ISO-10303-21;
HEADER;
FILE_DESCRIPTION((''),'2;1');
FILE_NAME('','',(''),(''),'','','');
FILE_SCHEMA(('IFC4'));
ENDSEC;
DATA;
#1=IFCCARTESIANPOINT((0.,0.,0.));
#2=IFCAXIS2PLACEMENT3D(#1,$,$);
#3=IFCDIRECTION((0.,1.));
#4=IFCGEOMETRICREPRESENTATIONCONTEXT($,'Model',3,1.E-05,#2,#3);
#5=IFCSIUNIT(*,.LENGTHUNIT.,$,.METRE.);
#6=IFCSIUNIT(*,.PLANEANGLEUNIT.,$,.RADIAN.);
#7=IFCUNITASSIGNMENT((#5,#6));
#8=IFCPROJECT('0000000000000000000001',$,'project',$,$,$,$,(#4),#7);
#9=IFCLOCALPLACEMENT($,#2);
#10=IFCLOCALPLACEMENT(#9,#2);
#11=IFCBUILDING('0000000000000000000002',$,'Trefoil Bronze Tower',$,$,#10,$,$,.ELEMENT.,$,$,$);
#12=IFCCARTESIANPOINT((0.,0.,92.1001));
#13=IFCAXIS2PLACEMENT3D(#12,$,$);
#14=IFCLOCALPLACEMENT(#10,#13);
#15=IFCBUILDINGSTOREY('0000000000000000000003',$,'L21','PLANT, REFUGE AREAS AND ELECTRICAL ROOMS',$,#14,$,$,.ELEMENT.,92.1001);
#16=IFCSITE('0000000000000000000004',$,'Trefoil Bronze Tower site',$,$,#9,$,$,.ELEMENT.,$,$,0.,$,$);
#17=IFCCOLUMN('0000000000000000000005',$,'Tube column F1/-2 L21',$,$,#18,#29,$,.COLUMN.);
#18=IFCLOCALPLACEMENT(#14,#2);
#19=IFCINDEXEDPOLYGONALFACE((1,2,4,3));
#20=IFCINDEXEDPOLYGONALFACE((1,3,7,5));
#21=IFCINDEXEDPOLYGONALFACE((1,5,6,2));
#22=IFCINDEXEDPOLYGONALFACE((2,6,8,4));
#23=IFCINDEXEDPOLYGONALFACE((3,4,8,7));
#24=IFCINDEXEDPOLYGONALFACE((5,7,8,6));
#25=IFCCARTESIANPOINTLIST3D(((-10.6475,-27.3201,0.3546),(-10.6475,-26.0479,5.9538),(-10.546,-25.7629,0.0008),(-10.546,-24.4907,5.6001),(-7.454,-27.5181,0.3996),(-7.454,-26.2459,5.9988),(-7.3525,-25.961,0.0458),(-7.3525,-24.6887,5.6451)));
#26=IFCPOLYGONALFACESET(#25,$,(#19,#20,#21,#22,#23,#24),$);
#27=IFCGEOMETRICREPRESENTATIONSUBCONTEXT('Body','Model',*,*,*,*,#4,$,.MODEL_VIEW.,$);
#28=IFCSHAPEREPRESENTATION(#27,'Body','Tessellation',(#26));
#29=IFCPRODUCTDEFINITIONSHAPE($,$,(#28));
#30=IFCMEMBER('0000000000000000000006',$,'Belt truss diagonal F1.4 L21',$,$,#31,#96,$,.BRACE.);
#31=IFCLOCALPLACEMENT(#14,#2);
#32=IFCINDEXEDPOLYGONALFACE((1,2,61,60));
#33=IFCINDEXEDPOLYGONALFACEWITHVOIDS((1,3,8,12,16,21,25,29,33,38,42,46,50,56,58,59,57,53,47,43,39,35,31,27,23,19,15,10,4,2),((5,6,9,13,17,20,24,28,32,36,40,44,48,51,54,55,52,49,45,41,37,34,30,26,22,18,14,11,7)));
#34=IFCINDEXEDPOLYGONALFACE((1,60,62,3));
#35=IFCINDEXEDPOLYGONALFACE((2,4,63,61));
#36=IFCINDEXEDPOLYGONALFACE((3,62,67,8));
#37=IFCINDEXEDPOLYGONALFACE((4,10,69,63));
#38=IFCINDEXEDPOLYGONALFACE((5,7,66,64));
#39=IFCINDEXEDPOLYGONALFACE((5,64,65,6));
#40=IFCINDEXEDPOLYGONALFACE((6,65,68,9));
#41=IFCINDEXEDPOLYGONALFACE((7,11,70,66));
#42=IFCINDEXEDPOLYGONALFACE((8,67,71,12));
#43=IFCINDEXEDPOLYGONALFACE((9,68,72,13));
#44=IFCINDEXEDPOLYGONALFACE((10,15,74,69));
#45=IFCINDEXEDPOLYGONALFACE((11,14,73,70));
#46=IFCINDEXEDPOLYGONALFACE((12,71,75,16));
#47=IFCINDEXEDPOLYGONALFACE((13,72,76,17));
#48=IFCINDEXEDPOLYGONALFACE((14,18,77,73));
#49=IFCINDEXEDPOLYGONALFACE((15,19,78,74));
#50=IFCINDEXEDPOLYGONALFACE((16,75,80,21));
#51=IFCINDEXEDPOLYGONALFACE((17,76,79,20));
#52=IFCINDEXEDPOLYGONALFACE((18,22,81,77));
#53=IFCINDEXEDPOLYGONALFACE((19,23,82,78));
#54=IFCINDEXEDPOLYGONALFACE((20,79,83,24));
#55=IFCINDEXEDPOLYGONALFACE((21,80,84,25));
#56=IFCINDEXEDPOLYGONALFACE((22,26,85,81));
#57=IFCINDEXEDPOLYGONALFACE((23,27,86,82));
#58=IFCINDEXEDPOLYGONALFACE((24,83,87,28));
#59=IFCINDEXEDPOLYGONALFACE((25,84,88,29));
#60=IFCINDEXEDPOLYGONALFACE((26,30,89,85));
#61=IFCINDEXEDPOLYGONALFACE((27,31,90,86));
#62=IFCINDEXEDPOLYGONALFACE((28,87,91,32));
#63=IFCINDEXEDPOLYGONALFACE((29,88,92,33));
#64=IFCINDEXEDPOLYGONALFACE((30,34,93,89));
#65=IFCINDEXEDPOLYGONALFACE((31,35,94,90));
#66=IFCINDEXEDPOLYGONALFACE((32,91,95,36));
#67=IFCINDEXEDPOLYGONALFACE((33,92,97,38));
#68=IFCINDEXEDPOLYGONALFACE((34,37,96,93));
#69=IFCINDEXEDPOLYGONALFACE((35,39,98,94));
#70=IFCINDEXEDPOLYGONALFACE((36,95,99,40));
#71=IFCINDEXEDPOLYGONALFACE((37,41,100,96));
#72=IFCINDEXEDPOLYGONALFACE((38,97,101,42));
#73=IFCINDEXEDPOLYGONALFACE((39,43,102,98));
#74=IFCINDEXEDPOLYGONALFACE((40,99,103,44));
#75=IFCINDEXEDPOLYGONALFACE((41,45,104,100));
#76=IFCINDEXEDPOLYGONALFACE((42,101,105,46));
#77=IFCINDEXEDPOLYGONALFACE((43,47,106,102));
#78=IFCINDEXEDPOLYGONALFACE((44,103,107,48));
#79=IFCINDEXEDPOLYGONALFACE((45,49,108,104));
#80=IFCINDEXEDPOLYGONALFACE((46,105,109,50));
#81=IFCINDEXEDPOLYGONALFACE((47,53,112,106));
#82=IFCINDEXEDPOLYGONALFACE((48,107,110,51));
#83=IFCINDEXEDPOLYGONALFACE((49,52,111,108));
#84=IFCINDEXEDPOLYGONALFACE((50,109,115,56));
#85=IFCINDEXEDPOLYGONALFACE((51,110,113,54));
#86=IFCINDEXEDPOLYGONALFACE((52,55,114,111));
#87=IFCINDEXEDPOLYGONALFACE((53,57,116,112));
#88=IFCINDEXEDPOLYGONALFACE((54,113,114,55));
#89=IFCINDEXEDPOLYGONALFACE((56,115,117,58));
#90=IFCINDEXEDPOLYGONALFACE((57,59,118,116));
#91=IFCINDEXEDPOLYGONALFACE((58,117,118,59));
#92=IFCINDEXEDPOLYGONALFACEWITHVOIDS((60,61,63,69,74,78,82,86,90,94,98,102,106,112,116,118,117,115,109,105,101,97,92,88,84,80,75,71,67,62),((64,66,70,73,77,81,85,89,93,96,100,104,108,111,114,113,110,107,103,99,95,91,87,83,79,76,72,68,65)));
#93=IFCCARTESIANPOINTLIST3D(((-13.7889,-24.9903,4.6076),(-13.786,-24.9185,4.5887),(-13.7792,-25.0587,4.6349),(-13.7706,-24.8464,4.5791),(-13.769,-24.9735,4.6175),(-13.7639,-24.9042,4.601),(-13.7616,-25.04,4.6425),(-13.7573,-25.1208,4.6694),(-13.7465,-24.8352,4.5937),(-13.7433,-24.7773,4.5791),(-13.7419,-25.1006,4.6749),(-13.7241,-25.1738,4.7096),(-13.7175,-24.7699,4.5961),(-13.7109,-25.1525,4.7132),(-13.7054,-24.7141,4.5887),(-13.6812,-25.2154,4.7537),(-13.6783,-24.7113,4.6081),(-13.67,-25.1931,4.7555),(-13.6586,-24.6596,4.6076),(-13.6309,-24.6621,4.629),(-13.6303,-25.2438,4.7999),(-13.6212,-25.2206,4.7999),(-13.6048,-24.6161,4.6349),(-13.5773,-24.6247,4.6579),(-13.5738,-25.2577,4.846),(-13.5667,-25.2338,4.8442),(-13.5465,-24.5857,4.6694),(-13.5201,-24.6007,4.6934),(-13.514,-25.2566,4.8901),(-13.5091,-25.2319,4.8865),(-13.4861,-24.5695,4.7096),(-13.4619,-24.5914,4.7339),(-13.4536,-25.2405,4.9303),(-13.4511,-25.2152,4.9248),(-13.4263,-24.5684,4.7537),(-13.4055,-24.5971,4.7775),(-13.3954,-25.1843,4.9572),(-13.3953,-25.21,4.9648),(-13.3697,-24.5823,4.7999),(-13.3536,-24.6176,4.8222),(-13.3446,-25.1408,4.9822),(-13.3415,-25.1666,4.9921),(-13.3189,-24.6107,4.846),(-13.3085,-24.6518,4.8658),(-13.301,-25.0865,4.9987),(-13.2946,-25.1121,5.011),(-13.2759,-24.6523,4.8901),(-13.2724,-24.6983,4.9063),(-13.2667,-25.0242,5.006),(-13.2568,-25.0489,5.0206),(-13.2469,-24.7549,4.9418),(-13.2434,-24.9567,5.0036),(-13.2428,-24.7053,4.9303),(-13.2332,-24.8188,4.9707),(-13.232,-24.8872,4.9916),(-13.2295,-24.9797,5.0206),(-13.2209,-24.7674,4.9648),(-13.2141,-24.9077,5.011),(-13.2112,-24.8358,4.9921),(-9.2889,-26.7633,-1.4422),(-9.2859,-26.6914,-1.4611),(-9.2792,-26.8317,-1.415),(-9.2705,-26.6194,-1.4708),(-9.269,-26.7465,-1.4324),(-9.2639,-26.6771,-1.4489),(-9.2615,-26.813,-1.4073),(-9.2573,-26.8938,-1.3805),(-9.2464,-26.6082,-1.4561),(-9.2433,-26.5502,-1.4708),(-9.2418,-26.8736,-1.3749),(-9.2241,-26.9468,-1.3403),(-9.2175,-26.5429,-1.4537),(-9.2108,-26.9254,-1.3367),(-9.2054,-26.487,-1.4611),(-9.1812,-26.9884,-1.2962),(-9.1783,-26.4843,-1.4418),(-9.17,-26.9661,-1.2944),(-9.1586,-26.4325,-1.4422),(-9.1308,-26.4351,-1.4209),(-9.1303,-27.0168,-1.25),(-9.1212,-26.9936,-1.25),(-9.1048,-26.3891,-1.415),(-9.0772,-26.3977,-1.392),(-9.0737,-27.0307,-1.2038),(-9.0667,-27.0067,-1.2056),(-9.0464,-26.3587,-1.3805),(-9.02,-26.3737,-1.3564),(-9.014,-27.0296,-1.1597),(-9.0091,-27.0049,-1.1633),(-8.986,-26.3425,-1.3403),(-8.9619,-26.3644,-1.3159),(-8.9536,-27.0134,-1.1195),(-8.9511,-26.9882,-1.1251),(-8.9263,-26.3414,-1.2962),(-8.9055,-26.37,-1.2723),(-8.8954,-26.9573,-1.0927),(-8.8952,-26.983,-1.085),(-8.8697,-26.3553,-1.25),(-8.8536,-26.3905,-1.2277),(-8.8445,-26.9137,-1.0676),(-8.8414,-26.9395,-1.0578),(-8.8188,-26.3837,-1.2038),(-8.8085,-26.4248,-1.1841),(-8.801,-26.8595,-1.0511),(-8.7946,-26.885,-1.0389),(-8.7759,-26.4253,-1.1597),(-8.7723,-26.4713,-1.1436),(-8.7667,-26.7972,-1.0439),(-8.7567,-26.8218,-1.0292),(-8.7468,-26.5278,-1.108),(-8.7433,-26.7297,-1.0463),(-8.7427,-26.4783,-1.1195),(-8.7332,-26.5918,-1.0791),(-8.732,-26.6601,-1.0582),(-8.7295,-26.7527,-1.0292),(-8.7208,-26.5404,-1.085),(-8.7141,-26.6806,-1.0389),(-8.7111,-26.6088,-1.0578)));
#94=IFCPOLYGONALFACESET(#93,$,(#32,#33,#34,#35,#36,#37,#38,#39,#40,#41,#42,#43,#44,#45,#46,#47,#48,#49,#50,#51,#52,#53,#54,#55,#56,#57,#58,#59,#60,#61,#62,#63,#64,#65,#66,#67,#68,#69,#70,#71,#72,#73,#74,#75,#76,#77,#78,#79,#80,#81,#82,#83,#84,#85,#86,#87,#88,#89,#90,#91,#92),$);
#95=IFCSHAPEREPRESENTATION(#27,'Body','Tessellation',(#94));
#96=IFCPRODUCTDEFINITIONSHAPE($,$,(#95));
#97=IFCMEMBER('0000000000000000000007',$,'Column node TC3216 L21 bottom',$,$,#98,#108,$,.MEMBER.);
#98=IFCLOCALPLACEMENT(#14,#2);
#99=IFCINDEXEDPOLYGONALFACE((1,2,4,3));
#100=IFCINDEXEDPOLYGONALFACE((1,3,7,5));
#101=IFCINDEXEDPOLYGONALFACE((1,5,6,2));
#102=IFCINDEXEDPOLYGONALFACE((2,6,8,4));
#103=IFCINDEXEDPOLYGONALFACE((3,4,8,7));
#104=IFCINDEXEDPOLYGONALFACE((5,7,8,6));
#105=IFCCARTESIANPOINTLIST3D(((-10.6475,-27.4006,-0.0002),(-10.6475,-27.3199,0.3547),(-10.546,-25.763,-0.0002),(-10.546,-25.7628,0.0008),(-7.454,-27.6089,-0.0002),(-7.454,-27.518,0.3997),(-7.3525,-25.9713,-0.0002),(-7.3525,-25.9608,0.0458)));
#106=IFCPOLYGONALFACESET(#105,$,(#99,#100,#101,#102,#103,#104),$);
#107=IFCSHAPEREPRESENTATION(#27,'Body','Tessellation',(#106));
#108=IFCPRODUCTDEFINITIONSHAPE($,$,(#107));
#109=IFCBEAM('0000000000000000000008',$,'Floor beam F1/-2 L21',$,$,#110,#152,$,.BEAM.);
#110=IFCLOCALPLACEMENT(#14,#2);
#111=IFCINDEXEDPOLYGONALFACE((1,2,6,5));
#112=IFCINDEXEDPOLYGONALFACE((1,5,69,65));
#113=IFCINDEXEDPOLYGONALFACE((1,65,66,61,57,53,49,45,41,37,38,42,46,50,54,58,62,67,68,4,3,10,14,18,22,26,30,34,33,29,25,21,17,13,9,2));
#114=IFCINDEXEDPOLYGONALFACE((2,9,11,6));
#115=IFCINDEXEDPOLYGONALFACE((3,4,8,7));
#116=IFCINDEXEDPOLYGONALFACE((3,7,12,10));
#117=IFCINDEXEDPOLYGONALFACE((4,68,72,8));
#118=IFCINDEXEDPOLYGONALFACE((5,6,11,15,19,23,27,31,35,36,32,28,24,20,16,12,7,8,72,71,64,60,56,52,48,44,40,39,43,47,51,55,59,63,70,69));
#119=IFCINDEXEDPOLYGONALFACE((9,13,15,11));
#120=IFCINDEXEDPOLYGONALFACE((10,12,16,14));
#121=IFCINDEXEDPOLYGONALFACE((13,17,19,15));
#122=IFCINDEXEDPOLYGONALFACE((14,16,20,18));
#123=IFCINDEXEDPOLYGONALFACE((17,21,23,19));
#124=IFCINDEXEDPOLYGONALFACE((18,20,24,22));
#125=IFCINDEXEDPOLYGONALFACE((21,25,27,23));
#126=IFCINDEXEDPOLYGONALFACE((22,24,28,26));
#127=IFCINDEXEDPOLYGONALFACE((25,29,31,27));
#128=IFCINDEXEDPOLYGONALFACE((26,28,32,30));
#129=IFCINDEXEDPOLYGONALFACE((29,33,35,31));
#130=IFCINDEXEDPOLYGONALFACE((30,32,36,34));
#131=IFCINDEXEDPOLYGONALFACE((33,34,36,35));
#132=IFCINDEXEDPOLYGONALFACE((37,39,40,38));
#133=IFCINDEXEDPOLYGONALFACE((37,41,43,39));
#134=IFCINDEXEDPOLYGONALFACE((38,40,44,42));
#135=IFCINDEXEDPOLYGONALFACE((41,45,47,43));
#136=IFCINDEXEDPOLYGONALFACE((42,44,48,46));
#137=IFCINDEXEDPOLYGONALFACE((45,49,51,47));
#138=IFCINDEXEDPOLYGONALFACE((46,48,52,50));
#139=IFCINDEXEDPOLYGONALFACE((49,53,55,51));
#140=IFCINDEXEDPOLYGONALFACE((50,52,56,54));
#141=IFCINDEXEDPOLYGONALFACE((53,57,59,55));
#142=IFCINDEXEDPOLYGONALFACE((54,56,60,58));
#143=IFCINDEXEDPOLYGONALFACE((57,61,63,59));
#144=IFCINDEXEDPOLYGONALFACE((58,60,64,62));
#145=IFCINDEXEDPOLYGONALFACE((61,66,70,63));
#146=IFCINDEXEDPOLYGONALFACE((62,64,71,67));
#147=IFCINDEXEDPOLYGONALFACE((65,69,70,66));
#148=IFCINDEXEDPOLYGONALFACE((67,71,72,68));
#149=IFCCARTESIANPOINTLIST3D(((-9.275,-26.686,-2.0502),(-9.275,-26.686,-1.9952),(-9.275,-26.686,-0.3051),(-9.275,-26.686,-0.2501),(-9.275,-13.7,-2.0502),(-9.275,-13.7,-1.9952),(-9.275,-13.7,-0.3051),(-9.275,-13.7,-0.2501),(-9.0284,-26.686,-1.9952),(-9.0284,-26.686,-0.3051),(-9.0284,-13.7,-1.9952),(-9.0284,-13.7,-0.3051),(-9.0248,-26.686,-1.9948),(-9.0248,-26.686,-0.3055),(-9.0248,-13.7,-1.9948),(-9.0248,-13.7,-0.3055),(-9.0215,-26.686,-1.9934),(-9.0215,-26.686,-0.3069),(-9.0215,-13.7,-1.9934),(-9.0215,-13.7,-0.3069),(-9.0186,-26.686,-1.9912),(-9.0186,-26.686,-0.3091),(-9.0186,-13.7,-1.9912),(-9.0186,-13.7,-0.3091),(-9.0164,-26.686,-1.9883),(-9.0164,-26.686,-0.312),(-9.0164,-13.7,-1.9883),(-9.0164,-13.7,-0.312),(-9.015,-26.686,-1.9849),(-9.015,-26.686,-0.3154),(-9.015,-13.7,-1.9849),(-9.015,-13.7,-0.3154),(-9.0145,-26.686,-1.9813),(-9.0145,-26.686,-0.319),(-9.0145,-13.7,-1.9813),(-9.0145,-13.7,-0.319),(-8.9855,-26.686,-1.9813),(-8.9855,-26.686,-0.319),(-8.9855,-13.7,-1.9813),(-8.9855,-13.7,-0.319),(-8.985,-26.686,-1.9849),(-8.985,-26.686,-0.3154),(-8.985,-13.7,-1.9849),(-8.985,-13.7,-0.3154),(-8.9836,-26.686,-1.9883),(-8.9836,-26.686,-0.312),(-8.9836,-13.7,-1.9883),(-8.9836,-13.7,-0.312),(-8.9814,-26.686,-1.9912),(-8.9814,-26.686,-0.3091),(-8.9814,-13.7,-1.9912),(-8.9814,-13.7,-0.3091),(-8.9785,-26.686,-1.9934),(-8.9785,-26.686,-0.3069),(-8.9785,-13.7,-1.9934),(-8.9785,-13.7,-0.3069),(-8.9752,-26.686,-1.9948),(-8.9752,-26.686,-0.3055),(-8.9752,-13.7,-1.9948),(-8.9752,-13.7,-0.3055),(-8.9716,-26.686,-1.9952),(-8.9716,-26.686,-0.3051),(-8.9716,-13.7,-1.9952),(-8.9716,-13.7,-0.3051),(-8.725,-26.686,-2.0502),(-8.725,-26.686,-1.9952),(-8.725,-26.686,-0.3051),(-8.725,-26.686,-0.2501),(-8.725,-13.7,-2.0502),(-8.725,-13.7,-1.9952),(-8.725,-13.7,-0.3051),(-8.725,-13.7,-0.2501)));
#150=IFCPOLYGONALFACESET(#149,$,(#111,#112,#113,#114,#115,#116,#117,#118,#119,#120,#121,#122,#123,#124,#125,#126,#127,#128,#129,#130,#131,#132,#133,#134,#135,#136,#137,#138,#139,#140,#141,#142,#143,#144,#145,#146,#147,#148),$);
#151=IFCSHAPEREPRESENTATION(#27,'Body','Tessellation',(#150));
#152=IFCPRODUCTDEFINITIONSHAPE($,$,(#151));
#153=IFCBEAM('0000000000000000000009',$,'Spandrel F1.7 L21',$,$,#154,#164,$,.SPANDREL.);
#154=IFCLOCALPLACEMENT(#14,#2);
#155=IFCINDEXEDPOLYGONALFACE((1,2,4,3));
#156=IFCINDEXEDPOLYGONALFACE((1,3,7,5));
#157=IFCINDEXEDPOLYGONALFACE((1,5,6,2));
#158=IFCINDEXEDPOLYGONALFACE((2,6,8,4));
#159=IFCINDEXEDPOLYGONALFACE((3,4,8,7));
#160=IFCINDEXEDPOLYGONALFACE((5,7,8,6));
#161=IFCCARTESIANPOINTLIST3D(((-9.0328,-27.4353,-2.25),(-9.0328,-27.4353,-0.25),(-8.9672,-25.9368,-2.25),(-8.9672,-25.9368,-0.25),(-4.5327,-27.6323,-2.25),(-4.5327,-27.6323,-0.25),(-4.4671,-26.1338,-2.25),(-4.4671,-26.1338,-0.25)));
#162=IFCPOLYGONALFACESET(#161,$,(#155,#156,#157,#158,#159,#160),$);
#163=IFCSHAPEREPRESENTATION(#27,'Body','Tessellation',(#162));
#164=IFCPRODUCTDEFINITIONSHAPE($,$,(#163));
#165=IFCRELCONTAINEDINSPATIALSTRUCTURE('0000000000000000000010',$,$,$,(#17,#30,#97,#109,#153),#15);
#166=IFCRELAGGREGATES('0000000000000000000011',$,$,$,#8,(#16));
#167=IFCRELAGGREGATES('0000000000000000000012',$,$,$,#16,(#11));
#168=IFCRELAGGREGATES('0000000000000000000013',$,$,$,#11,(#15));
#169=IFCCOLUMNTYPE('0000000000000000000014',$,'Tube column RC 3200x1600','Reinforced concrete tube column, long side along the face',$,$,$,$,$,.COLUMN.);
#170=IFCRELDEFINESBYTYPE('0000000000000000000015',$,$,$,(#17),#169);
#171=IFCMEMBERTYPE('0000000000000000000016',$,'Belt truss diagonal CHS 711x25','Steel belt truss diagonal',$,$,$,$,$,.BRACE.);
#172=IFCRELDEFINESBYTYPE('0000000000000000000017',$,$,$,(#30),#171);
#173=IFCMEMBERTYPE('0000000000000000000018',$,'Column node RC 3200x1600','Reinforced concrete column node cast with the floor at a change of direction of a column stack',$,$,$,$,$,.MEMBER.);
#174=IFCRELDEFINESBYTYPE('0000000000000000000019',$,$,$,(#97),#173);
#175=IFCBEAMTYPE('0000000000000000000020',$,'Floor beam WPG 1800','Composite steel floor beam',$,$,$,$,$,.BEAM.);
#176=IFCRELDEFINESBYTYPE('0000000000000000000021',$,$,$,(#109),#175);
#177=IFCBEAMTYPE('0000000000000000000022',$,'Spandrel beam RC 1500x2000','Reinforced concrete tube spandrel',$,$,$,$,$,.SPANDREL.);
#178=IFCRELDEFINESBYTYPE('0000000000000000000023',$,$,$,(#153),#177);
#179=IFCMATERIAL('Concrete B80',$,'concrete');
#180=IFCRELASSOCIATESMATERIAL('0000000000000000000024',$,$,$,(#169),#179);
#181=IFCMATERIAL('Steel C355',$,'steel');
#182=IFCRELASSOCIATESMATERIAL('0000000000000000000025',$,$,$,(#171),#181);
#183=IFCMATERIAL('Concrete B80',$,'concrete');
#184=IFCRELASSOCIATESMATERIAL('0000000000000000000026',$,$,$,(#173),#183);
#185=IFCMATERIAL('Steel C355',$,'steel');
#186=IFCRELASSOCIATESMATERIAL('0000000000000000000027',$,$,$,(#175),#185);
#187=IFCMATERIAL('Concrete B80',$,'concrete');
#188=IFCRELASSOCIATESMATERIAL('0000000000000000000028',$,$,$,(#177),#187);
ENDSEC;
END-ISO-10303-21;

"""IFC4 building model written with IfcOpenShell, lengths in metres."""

from ifc_helpers import new_model, si_unit, direction, frame, origin, origin_2d, place, context, subcontext, project, spatial, rectangle, hollow_circle, i_section, extrude, clip, halfspace, material, material_profile, profile_set, type_object, element, save


model = new_model("IFC4")

# Units and contexts
model_context = context("Model", 3, precision=1e-05, world=origin(), true_north=direction((0.0, 1.0)))
body_context = subcontext(model_context, "Body", "Model", "MODEL_VIEW")
ifc_project = project(units=[si_unit("LENGTHUNIT", "METRE"), si_unit("PLANEANGLEUNIT", "RADIAN")], contexts=[model_context])

# Site, building, storey
site_placement = place(None, origin())
site = spatial("IfcSite", under=ifc_project, at=site_placement, Name="Trefoil Bronze Tower site", CompositionType="ELEMENT", RefElevation=0.0)
building_placement = place(site_placement, origin())
building = spatial("IfcBuilding", under=site, at=building_placement, Name="Trefoil Bronze Tower", CompositionType="ELEMENT")
storey_placement = place(building_placement, frame((0.0, 0.0, 92.1001)))
storey = spatial("IfcBuildingStorey", under=building, at=storey_placement, Name="L21", Description="PLANT, REFUGE AREAS AND ELECTRICAL ROOMS", CompositionType="ELEMENT", Elevation=92.1001)

# Column
ifc_material_1 = material(Name="Concrete B80", Category="concrete")
ifc_material_profile_1 = material_profile(ifc_material_1, rectangle(XDim=3.2, YDim=1.6001, at=origin_2d()), Name="RC 3200x1600")
ifc_profile_set_1 = profile_set([ifc_material_profile_1], Name="Concrete B80")
column_type = type_object("IfcColumnType", Name="Tube column RC 3200x1600", Description="Reinforced concrete tube column, long side along the face", PredefinedType="COLUMN", material=ifc_profile_set_1)
column_placement = place(storey_placement, frame((-9.0, -26.686, 0.0), z_axis=(0.0, 0.221566, 0.975145), x_axis=(0.997984, -0.061883, 0.014061)))
element("IfcColumn", 1, at=column_placement, inside=storey, type_object=column_type, Name="Tube column F1/-2 L21", PredefinedType="COLUMN", context=body_context, shape_type="Clipping", body=[
    clip(clip(extrude(rectangle(XDim=3.2, YDim=1.6001, at=origin_2d()), origin(), (0.0, 0.0, 1.0), 6.1528), halfspace(frame((0.0, 0.0, 0.2053), z_axis=(0.000001, -0.000019, 1.0), x_axis=(0.0, 1.0, 0.000019)), True)), halfspace(frame((0.0, 0.0, 5.9473), z_axis=(-0.000001, 0.000019, -1.0), x_axis=(0.0, -1.0, -0.000019)), True)),
])

# Members
ifc_material_2 = material(Name="Steel C355", Category="steel")
ifc_material_profile_2 = material_profile(ifc_material_2, hollow_circle(Radius=0.3555, WallThickness=0.0249, at=origin_2d()), Name="CHS 711x25")
ifc_profile_set_2 = profile_set([ifc_material_profile_2], Name="Steel C355")
member_type_1 = type_object("IfcMemberType", Name="Belt truss diagonal CHS 711x25", Description="Steel belt truss diagonal", PredefinedType="BRACE", material=ifc_profile_set_2)
member_1_placement = place(storey_placement, frame((-9.0, -26.686, -1.25), z_axis=(-0.580979, 0.228899, 0.781069), x_axis=(-0.366564, -0.930393, 0.0)))
element("IfcMember", 2, at=member_1_placement, inside=storey, type_object=member_type_1, Name="Belt truss diagonal F1.4 L21", PredefinedType="BRACE", context=body_context, shape_type="SweptSolid", body=[
    extrude(hollow_circle(Radius=0.3555, WallThickness=0.0249, at=origin_2d()), origin(), (0.0, 0.0, 1.0), 7.7456),
])
ifc_material_3 = material(Name="Concrete B80", Category="concrete")
ifc_material_profile_3 = material_profile(ifc_material_3, rectangle(XDim=3.2, YDim=1.6001, at=origin_2d()), Name="RC 3200x1600")
ifc_profile_set_3 = profile_set([ifc_material_profile_3], Name="Concrete B80")
member_type_2 = type_object("IfcMemberType", Name="Column node RC 3200x1600", Description="Reinforced concrete column node cast with the floor at a change of direction of a column stack", PredefinedType="MEMBER", material=ifc_profile_set_3)
member_2_placement = place(storey_placement, frame((-9.0, -26.7314, -0.2004), z_axis=(0.0, 0.221647, 0.975127), x_axis=(0.997984, -0.061882, 0.014066)))
element("IfcMember", 3, at=member_2_placement, inside=storey, type_object=member_type_2, Name="Column node TC3216 L21 bottom", PredefinedType="MEMBER", context=body_context, shape_type="Clipping", body=[
    clip(extrude(rectangle(XDim=3.2, YDim=1.6001, at=origin_2d()), origin(), (0.0, 0.0, 1.0), 0.4109), halfspace(frame((0.0, 0.0, 0.2053), z_axis=(0.014066, -0.2212, 0.975127), x_axis=(0.0, 0.975223, 0.221222)), True)),
])

# Beams
ifc_material_4 = material(Name="Steel C355", Category="steel")
ifc_material_profile_4 = material_profile(ifc_material_4, i_section(OverallWidth=0.55, OverallDepth=1.8, WebThickness=0.0291, FlangeThickness=0.0549, FilletRadius=0.0139, at=origin_2d()), Name="WPG 1800")
ifc_profile_set_4 = profile_set([ifc_material_profile_4], Name="Steel C355")
beam_type_1 = type_object("IfcBeamType", Name="Floor beam WPG 1800", Description="Composite steel floor beam", PredefinedType="BEAM", material=ifc_profile_set_4)
beam_1_placement = place(storey_placement, frame((-9.0, -26.686, -1.1501), z_axis=(0.0, 1.0, 0.0), x_axis=(-1.0, 0.0, 0.0)))
element("IfcBeam", 4, at=beam_1_placement, inside=storey, type_object=beam_type_1, Name="Floor beam F1/-2 L21", PredefinedType="BEAM", context=body_context, shape_type="SweptSolid", body=[
    extrude(i_section(OverallWidth=0.55, OverallDepth=1.8, WebThickness=0.0291, FlangeThickness=0.0549, FilletRadius=0.0139, at=origin_2d()), origin(), (0.0, 0.0, 1.0), 12.9861),
])
ifc_material_5 = material(Name="Concrete B80", Category="concrete")
ifc_material_profile_5 = material_profile(ifc_material_5, rectangle(XDim=1.5, YDim=2.0, at=origin_2d()), Name="RC 1500x2000")
ifc_profile_set_5 = profile_set([ifc_material_profile_5], Name="Concrete B80")
beam_type_2 = type_object("IfcBeamType", Name="Spandrel beam RC 1500x2000", Description="Reinforced concrete tube spandrel", PredefinedType="SPANDREL", material=ifc_profile_set_5)
beam_2_placement = place(storey_placement, frame((-9.0, -26.686, -1.25), z_axis=(0.999043, -0.043741, 0.0), x_axis=(0.043741, 0.999043, 0.0)))
element("IfcBeam", 5, at=beam_2_placement, inside=storey, type_object=beam_type_2, Name="Spandrel F1.7 L21", PredefinedType="SPANDREL", context=body_context, shape_type="SweptSolid", body=[
    extrude(rectangle(XDim=1.5, YDim=2.0, at=origin_2d()), origin(), (0.0, 0.0, 1.0), 4.5044),
])

save(model, "model.ifc")
